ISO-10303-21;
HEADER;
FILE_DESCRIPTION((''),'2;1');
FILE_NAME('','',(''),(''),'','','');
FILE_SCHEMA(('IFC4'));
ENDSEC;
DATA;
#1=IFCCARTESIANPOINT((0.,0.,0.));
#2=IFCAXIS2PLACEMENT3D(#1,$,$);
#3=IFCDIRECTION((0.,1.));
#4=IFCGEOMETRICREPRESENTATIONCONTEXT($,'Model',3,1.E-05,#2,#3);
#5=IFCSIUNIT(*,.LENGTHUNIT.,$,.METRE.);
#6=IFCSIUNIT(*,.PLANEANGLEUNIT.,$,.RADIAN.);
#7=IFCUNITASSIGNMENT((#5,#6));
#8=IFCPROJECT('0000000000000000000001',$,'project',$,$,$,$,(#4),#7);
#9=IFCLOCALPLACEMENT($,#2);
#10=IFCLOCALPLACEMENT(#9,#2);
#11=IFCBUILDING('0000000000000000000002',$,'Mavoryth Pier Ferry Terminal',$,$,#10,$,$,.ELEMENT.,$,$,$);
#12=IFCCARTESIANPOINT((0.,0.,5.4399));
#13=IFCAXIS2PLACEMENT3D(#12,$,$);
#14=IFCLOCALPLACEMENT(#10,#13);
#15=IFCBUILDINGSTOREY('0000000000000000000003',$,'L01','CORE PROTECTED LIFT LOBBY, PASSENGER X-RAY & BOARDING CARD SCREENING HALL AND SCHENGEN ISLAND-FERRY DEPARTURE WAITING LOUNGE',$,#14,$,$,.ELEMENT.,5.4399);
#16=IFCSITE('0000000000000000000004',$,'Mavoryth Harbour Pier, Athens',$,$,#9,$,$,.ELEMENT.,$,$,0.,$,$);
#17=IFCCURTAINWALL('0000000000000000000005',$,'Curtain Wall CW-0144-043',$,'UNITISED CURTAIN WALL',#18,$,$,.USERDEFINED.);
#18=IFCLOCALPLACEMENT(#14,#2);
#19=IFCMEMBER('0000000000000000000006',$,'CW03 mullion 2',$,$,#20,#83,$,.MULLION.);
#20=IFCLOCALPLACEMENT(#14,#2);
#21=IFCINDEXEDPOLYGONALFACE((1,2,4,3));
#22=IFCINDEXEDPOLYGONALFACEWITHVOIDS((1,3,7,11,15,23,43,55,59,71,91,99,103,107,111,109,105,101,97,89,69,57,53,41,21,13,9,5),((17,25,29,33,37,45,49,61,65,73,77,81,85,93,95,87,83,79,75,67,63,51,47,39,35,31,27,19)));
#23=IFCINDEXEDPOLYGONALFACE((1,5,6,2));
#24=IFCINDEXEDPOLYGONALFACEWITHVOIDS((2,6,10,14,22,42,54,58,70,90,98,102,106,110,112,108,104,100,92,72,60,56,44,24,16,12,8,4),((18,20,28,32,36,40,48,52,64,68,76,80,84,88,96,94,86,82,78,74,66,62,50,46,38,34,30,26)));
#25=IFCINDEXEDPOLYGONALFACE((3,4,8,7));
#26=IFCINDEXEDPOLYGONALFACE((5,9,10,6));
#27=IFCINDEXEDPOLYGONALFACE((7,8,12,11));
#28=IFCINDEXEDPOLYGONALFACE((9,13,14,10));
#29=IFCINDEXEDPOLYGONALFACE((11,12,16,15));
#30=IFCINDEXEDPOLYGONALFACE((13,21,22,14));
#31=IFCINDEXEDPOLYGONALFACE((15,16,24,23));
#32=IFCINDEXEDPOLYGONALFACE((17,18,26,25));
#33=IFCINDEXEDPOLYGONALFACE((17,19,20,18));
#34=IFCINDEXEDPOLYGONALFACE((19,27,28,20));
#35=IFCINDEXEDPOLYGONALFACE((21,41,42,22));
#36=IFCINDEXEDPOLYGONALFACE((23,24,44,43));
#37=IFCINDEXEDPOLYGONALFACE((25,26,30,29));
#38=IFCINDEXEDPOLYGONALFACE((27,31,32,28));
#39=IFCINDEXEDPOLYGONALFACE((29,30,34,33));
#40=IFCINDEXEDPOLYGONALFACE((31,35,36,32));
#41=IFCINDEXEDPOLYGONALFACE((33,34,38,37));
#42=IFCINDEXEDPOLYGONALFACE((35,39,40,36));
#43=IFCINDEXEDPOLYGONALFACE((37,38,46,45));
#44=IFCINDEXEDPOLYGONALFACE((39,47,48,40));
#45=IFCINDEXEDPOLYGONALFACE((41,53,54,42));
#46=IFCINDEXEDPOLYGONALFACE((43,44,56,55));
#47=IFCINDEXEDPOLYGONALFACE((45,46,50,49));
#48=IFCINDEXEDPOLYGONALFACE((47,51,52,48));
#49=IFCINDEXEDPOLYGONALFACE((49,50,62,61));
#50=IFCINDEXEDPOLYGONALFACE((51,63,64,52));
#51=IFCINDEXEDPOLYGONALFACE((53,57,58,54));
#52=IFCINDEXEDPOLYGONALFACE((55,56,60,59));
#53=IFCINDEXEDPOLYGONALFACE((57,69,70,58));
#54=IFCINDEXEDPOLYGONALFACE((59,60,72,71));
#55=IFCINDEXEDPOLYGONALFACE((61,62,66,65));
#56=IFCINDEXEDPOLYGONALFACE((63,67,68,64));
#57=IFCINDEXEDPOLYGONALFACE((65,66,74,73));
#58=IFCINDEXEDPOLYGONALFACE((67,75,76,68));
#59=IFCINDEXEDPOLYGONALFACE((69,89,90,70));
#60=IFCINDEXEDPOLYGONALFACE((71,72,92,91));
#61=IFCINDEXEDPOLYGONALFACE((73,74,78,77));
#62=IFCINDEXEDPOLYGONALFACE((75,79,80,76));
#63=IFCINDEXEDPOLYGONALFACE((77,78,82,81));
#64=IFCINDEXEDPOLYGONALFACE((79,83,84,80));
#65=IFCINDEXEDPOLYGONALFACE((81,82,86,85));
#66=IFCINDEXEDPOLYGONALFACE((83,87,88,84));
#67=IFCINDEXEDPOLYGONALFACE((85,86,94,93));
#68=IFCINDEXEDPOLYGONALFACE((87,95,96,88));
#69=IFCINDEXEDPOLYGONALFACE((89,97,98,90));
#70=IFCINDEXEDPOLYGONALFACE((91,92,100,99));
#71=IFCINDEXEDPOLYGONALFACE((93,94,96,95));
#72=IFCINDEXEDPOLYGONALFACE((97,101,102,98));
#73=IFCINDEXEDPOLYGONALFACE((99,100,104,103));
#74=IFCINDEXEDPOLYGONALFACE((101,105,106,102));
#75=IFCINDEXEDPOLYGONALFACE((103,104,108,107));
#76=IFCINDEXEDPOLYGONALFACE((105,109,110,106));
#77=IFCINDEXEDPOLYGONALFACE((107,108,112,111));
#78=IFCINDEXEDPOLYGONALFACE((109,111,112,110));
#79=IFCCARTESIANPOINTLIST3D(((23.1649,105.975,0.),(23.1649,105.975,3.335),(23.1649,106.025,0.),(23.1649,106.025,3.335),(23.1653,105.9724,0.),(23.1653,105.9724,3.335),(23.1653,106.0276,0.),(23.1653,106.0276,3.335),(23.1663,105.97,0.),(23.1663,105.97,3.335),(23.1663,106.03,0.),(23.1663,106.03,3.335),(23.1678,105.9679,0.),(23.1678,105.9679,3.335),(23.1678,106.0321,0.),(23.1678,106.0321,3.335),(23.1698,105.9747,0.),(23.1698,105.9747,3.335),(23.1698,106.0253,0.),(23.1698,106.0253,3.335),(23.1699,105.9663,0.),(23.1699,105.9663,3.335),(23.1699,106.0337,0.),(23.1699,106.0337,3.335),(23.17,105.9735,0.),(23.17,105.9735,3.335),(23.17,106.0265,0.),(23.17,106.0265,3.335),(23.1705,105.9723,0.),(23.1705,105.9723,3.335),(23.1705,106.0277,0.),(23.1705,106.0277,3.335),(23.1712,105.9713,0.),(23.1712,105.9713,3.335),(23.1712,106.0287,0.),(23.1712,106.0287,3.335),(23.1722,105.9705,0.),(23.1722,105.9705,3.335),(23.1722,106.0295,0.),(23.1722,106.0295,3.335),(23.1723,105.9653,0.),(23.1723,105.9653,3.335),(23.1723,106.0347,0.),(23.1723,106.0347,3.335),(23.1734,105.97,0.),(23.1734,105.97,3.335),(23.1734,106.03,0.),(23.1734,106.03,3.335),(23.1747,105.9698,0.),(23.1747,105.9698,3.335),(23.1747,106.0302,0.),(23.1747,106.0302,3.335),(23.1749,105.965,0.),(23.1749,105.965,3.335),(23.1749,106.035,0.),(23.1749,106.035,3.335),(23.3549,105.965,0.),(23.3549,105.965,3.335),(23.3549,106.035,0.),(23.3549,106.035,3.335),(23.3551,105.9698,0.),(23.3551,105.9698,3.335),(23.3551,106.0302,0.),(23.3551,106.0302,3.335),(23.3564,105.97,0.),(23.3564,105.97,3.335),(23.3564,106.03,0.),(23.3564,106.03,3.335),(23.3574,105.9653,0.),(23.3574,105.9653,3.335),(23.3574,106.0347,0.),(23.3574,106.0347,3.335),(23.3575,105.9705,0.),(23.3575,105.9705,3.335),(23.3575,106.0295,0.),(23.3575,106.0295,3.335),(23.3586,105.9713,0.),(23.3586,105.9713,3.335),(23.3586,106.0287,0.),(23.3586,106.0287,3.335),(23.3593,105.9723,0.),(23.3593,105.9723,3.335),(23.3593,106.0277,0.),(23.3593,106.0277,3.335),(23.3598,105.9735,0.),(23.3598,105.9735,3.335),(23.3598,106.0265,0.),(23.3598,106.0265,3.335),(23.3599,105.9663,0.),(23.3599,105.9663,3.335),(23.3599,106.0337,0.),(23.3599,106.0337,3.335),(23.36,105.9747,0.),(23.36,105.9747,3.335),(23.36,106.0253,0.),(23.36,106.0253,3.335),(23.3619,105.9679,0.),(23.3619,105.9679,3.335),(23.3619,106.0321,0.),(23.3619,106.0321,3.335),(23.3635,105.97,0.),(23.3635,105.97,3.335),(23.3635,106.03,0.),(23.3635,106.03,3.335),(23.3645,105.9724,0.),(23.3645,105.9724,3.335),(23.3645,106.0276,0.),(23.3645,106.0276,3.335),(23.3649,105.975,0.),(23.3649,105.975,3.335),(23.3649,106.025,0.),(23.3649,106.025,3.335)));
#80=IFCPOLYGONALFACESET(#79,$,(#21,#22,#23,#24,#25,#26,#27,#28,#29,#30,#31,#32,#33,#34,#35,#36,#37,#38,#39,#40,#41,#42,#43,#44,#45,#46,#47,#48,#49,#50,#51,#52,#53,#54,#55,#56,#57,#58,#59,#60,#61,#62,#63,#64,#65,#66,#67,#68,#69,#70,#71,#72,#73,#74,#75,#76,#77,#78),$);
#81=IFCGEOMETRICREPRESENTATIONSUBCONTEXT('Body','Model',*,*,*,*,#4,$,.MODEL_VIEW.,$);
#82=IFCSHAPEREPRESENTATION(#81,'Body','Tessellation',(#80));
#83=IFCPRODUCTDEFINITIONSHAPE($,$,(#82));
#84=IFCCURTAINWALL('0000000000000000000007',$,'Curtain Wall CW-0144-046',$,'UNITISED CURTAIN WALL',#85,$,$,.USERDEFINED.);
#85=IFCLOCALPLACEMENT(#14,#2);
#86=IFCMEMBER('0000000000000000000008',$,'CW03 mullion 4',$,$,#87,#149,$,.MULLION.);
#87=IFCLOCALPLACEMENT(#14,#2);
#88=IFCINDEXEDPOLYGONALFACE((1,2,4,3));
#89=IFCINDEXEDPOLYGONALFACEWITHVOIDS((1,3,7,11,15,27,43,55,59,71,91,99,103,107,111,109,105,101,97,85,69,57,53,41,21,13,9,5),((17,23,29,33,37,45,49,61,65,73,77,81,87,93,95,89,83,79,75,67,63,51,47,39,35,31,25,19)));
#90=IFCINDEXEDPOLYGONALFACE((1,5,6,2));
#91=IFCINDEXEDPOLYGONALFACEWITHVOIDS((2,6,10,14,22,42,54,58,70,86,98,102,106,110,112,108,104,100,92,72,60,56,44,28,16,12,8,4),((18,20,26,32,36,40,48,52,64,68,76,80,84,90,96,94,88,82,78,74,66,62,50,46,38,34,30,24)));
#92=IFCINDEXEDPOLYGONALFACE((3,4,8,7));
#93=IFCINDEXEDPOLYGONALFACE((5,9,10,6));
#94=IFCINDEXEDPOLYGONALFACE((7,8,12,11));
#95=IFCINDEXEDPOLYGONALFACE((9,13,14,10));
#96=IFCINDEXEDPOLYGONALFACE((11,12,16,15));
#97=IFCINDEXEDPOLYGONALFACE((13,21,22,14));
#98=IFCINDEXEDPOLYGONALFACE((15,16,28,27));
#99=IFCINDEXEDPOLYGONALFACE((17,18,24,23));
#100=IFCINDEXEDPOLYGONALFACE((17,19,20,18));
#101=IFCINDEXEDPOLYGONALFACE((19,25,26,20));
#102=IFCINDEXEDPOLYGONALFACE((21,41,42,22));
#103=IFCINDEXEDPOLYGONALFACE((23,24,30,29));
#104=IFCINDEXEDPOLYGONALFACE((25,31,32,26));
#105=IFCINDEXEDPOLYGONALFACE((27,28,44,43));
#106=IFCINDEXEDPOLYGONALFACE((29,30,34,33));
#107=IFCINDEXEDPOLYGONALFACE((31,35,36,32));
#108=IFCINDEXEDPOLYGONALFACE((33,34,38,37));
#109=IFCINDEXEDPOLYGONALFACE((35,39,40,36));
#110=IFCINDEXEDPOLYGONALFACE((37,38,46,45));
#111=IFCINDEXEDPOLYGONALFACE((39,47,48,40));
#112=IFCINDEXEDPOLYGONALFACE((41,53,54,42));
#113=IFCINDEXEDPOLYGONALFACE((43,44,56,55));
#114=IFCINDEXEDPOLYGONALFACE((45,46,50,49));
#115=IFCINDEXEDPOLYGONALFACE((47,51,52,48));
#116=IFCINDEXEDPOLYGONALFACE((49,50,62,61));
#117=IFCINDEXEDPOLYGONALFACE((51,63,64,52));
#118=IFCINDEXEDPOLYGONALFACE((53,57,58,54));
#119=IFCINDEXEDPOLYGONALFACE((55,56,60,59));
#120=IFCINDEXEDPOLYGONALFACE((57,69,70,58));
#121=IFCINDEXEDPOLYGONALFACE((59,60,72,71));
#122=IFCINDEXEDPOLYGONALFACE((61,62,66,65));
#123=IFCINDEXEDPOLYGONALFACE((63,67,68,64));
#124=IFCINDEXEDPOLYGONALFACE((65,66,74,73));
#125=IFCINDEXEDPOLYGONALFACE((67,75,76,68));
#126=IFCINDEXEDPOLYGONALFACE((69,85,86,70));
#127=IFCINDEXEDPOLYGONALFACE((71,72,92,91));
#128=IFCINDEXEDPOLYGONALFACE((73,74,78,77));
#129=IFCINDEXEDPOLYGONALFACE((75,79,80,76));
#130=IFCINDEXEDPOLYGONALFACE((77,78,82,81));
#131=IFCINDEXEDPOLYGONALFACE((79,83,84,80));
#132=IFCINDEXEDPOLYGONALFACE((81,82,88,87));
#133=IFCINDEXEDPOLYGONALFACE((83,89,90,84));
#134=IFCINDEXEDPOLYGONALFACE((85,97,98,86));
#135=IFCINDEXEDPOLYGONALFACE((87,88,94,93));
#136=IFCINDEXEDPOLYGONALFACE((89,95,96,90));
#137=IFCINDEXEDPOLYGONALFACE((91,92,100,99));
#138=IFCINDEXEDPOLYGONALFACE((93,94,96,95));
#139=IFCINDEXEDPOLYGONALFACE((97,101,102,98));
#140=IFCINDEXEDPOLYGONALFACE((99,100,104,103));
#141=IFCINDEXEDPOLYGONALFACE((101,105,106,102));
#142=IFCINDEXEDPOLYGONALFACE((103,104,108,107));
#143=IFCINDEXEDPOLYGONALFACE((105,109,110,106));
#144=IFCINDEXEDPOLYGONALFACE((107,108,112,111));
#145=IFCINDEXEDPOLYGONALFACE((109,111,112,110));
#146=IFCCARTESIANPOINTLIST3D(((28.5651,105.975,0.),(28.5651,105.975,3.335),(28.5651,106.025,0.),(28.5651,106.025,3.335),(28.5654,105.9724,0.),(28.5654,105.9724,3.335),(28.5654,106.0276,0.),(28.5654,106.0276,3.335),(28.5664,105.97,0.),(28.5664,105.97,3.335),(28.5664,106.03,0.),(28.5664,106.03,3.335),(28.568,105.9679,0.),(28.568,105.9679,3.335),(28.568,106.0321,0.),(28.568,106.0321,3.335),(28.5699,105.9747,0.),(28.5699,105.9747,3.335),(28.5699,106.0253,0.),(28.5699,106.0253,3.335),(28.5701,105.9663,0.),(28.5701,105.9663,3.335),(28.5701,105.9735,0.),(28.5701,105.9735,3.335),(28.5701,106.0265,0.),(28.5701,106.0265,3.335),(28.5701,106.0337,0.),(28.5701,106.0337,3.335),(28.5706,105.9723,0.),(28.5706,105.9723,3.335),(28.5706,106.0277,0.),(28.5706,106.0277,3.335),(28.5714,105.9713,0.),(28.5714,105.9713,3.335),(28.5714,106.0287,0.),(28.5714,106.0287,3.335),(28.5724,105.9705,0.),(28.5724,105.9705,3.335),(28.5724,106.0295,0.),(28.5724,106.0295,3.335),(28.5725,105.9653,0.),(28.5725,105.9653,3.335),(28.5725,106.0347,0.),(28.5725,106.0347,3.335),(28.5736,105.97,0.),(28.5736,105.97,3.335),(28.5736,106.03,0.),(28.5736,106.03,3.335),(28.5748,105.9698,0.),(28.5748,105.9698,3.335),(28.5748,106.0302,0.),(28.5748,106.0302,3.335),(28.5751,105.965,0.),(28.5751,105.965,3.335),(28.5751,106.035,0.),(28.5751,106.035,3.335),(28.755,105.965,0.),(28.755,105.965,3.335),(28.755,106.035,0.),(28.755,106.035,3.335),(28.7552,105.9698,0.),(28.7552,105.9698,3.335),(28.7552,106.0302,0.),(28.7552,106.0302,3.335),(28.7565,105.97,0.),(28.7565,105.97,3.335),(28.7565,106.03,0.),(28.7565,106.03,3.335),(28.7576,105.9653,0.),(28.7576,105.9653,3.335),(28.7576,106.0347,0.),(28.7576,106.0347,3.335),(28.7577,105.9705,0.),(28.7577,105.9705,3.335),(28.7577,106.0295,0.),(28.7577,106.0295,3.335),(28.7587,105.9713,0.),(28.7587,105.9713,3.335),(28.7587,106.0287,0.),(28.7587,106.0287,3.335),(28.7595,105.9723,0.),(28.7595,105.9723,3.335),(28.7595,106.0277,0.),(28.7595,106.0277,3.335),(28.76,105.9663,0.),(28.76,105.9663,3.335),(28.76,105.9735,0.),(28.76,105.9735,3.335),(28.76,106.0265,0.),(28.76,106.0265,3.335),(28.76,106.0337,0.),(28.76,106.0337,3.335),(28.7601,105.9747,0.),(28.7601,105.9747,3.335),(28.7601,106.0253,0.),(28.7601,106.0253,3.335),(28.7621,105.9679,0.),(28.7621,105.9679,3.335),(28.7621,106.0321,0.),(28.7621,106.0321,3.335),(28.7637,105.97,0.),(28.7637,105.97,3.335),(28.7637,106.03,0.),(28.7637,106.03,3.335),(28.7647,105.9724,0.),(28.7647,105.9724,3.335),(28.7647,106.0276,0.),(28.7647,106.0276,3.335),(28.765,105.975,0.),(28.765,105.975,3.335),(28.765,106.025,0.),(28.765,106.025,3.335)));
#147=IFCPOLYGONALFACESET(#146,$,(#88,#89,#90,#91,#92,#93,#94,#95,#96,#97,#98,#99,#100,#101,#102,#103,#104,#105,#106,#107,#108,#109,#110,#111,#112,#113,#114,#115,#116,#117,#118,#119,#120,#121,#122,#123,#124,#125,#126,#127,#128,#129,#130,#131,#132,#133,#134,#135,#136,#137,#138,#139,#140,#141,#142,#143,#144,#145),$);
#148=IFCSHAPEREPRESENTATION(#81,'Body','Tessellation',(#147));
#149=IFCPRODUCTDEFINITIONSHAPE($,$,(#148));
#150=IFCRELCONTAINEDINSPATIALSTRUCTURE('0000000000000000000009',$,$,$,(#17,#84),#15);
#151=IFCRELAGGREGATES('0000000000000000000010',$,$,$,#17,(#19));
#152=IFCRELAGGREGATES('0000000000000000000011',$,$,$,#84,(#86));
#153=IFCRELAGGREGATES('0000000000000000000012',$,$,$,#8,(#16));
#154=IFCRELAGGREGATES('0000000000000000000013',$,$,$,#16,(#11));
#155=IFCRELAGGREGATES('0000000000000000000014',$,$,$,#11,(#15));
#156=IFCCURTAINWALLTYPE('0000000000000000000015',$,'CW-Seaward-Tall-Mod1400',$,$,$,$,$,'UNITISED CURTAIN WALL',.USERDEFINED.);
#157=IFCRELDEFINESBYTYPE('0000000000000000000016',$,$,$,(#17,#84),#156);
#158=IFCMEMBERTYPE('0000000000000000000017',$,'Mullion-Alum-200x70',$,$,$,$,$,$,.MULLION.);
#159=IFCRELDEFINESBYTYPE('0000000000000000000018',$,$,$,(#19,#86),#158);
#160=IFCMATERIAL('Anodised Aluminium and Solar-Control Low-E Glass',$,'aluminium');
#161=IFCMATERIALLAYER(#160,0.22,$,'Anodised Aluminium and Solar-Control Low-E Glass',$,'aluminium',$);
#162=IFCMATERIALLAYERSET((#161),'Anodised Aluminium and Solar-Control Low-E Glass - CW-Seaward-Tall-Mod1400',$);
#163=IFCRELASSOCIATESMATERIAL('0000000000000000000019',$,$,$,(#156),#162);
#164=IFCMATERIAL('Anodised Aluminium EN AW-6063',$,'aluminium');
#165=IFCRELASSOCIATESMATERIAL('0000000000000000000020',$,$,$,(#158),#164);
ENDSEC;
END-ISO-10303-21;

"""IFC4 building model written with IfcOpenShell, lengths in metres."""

from ifc_helpers import new_model, si_unit, direction, frame, origin, origin_2d, place, context, subcontext, project, spatial, hollow_rectangle, extrude, material, layer, layer_set, material_profile, profile_set, type_object, element, aggregate, save


model = new_model("IFC4")

# Units and contexts
model_context = context("Model", 3, precision=1e-05, world=origin(), true_north=direction((0.0, 1.0)))
body_context = subcontext(model_context, "Body", "Model", "MODEL_VIEW")
ifc_project = project(units=[si_unit("LENGTHUNIT", "METRE"), si_unit("PLANEANGLEUNIT", "RADIAN")], contexts=[model_context])

# Site, building, storey
site_placement = place(None, origin())
site = spatial("IfcSite", under=ifc_project, at=site_placement, Name="Mavoryth Harbour Pier, Athens", CompositionType="ELEMENT", RefElevation=0.0)
building_placement = place(site_placement, origin())
building = spatial("IfcBuilding", under=site, at=building_placement, Name="Mavoryth Pier Ferry Terminal", CompositionType="ELEMENT")
storey_placement = place(building_placement, frame((0.0, 0.0, 5.4399)))
storey = spatial("IfcBuildingStorey", under=building, at=storey_placement, Name="L01", Description="CORE PROTECTED LIFT LOBBY, PASSENGER X-RAY & BOARDING CARD SCREENING HALL AND SCHENGEN ISLAND-FERRY DEPARTURE WAITING LOUNGE", CompositionType="ELEMENT", Elevation=5.4399)

# Curtain walls, members
ifc_material_1 = material(Name="Anodised Aluminium and Solar-Control Low-E Glass", Category="aluminium")
ifc_layer_1 = layer(ifc_material_1, 0.22, Name="Anodised Aluminium and Solar-Control Low-E Glass", Category="aluminium")
ifc_layer_set_1 = layer_set([ifc_layer_1], Name="Anodised Aluminium and Solar-Control Low-E Glass - CW-Seaward-Tall-Mod1400")
curtain_wall_type = type_object("IfcCurtainWallType", Name="CW-Seaward-Tall-Mod1400", ElementType="UNITISED CURTAIN WALL", PredefinedType="USERDEFINED", material=ifc_layer_set_1)
curtain_wall_1_placement = place(storey_placement, origin())
curtain_wall_1 = element("IfcCurtainWall", 1, at=curtain_wall_1_placement, inside=storey, type_object=curtain_wall_type, Name="Curtain Wall CW-0144-043", ObjectType="UNITISED CURTAIN WALL", PredefinedType="USERDEFINED")
ifc_material_2 = material(Name="Anodised Aluminium EN AW-6063", Category="aluminium")
ifc_material_profile_1 = material_profile(ifc_material_2, hollow_rectangle(XDim=0.0701, YDim=0.2, WallThickness=0.0049, InnerFilletRadius=0.0049, OuterFilletRadius=0.01, at=origin_2d()), Name="AL-MULL 200x70x5", Category="aluminium")
ifc_profile_set_1 = profile_set([ifc_material_profile_1], Name="Anodised Aluminium EN AW-6063 - AL-MULL 200x70x5")
member_type_1 = type_object("IfcMemberType", Name="Mullion-Alum-200x70", PredefinedType="MULLION", material=ifc_profile_set_1)
member_1_placement = place(storey_placement, frame((23.2649, 106.0, 0.0), z_axis=(0.0, 0.0, 1.0), x_axis=(0.0, -1.0, 0.0)))
member_1 = element("IfcMember", 2, at=member_1_placement, type_object=member_type_1, Name="CW03 mullion 2", PredefinedType="MULLION", context=body_context, shape_type="SweptSolid", body=[
    extrude(hollow_rectangle(XDim=0.0701, YDim=0.2, WallThickness=0.0049, InnerFilletRadius=0.0049, OuterFilletRadius=0.01, at=origin_2d()), origin(), (0.0, 0.0, 1.0), 3.335),
])
curtain_wall_2_placement = place(storey_placement, origin())
curtain_wall_2 = element("IfcCurtainWall", 3, at=curtain_wall_2_placement, inside=storey, type_object=curtain_wall_type, Name="Curtain Wall CW-0144-046", ObjectType="UNITISED CURTAIN WALL", PredefinedType="USERDEFINED")
member_2_placement = place(storey_placement, frame((28.665, 106.0, 0.0), z_axis=(0.0, 0.0, 1.0), x_axis=(0.0, -1.0, 0.0)))
member_2 = element("IfcMember", 4, at=member_2_placement, type_object=member_type_1, Name="CW03 mullion 4", PredefinedType="MULLION", context=body_context, shape_type="SweptSolid", body=[
    extrude(hollow_rectangle(XDim=0.0701, YDim=0.2, WallThickness=0.0049, InnerFilletRadius=0.0049, OuterFilletRadius=0.01, at=origin_2d()), origin(), (0.0, 0.0, 1.0), 3.335),
])

aggregate(curtain_wall_1, [member_1])
aggregate(curtain_wall_2, [member_2])

save(model, "model.ifc")
